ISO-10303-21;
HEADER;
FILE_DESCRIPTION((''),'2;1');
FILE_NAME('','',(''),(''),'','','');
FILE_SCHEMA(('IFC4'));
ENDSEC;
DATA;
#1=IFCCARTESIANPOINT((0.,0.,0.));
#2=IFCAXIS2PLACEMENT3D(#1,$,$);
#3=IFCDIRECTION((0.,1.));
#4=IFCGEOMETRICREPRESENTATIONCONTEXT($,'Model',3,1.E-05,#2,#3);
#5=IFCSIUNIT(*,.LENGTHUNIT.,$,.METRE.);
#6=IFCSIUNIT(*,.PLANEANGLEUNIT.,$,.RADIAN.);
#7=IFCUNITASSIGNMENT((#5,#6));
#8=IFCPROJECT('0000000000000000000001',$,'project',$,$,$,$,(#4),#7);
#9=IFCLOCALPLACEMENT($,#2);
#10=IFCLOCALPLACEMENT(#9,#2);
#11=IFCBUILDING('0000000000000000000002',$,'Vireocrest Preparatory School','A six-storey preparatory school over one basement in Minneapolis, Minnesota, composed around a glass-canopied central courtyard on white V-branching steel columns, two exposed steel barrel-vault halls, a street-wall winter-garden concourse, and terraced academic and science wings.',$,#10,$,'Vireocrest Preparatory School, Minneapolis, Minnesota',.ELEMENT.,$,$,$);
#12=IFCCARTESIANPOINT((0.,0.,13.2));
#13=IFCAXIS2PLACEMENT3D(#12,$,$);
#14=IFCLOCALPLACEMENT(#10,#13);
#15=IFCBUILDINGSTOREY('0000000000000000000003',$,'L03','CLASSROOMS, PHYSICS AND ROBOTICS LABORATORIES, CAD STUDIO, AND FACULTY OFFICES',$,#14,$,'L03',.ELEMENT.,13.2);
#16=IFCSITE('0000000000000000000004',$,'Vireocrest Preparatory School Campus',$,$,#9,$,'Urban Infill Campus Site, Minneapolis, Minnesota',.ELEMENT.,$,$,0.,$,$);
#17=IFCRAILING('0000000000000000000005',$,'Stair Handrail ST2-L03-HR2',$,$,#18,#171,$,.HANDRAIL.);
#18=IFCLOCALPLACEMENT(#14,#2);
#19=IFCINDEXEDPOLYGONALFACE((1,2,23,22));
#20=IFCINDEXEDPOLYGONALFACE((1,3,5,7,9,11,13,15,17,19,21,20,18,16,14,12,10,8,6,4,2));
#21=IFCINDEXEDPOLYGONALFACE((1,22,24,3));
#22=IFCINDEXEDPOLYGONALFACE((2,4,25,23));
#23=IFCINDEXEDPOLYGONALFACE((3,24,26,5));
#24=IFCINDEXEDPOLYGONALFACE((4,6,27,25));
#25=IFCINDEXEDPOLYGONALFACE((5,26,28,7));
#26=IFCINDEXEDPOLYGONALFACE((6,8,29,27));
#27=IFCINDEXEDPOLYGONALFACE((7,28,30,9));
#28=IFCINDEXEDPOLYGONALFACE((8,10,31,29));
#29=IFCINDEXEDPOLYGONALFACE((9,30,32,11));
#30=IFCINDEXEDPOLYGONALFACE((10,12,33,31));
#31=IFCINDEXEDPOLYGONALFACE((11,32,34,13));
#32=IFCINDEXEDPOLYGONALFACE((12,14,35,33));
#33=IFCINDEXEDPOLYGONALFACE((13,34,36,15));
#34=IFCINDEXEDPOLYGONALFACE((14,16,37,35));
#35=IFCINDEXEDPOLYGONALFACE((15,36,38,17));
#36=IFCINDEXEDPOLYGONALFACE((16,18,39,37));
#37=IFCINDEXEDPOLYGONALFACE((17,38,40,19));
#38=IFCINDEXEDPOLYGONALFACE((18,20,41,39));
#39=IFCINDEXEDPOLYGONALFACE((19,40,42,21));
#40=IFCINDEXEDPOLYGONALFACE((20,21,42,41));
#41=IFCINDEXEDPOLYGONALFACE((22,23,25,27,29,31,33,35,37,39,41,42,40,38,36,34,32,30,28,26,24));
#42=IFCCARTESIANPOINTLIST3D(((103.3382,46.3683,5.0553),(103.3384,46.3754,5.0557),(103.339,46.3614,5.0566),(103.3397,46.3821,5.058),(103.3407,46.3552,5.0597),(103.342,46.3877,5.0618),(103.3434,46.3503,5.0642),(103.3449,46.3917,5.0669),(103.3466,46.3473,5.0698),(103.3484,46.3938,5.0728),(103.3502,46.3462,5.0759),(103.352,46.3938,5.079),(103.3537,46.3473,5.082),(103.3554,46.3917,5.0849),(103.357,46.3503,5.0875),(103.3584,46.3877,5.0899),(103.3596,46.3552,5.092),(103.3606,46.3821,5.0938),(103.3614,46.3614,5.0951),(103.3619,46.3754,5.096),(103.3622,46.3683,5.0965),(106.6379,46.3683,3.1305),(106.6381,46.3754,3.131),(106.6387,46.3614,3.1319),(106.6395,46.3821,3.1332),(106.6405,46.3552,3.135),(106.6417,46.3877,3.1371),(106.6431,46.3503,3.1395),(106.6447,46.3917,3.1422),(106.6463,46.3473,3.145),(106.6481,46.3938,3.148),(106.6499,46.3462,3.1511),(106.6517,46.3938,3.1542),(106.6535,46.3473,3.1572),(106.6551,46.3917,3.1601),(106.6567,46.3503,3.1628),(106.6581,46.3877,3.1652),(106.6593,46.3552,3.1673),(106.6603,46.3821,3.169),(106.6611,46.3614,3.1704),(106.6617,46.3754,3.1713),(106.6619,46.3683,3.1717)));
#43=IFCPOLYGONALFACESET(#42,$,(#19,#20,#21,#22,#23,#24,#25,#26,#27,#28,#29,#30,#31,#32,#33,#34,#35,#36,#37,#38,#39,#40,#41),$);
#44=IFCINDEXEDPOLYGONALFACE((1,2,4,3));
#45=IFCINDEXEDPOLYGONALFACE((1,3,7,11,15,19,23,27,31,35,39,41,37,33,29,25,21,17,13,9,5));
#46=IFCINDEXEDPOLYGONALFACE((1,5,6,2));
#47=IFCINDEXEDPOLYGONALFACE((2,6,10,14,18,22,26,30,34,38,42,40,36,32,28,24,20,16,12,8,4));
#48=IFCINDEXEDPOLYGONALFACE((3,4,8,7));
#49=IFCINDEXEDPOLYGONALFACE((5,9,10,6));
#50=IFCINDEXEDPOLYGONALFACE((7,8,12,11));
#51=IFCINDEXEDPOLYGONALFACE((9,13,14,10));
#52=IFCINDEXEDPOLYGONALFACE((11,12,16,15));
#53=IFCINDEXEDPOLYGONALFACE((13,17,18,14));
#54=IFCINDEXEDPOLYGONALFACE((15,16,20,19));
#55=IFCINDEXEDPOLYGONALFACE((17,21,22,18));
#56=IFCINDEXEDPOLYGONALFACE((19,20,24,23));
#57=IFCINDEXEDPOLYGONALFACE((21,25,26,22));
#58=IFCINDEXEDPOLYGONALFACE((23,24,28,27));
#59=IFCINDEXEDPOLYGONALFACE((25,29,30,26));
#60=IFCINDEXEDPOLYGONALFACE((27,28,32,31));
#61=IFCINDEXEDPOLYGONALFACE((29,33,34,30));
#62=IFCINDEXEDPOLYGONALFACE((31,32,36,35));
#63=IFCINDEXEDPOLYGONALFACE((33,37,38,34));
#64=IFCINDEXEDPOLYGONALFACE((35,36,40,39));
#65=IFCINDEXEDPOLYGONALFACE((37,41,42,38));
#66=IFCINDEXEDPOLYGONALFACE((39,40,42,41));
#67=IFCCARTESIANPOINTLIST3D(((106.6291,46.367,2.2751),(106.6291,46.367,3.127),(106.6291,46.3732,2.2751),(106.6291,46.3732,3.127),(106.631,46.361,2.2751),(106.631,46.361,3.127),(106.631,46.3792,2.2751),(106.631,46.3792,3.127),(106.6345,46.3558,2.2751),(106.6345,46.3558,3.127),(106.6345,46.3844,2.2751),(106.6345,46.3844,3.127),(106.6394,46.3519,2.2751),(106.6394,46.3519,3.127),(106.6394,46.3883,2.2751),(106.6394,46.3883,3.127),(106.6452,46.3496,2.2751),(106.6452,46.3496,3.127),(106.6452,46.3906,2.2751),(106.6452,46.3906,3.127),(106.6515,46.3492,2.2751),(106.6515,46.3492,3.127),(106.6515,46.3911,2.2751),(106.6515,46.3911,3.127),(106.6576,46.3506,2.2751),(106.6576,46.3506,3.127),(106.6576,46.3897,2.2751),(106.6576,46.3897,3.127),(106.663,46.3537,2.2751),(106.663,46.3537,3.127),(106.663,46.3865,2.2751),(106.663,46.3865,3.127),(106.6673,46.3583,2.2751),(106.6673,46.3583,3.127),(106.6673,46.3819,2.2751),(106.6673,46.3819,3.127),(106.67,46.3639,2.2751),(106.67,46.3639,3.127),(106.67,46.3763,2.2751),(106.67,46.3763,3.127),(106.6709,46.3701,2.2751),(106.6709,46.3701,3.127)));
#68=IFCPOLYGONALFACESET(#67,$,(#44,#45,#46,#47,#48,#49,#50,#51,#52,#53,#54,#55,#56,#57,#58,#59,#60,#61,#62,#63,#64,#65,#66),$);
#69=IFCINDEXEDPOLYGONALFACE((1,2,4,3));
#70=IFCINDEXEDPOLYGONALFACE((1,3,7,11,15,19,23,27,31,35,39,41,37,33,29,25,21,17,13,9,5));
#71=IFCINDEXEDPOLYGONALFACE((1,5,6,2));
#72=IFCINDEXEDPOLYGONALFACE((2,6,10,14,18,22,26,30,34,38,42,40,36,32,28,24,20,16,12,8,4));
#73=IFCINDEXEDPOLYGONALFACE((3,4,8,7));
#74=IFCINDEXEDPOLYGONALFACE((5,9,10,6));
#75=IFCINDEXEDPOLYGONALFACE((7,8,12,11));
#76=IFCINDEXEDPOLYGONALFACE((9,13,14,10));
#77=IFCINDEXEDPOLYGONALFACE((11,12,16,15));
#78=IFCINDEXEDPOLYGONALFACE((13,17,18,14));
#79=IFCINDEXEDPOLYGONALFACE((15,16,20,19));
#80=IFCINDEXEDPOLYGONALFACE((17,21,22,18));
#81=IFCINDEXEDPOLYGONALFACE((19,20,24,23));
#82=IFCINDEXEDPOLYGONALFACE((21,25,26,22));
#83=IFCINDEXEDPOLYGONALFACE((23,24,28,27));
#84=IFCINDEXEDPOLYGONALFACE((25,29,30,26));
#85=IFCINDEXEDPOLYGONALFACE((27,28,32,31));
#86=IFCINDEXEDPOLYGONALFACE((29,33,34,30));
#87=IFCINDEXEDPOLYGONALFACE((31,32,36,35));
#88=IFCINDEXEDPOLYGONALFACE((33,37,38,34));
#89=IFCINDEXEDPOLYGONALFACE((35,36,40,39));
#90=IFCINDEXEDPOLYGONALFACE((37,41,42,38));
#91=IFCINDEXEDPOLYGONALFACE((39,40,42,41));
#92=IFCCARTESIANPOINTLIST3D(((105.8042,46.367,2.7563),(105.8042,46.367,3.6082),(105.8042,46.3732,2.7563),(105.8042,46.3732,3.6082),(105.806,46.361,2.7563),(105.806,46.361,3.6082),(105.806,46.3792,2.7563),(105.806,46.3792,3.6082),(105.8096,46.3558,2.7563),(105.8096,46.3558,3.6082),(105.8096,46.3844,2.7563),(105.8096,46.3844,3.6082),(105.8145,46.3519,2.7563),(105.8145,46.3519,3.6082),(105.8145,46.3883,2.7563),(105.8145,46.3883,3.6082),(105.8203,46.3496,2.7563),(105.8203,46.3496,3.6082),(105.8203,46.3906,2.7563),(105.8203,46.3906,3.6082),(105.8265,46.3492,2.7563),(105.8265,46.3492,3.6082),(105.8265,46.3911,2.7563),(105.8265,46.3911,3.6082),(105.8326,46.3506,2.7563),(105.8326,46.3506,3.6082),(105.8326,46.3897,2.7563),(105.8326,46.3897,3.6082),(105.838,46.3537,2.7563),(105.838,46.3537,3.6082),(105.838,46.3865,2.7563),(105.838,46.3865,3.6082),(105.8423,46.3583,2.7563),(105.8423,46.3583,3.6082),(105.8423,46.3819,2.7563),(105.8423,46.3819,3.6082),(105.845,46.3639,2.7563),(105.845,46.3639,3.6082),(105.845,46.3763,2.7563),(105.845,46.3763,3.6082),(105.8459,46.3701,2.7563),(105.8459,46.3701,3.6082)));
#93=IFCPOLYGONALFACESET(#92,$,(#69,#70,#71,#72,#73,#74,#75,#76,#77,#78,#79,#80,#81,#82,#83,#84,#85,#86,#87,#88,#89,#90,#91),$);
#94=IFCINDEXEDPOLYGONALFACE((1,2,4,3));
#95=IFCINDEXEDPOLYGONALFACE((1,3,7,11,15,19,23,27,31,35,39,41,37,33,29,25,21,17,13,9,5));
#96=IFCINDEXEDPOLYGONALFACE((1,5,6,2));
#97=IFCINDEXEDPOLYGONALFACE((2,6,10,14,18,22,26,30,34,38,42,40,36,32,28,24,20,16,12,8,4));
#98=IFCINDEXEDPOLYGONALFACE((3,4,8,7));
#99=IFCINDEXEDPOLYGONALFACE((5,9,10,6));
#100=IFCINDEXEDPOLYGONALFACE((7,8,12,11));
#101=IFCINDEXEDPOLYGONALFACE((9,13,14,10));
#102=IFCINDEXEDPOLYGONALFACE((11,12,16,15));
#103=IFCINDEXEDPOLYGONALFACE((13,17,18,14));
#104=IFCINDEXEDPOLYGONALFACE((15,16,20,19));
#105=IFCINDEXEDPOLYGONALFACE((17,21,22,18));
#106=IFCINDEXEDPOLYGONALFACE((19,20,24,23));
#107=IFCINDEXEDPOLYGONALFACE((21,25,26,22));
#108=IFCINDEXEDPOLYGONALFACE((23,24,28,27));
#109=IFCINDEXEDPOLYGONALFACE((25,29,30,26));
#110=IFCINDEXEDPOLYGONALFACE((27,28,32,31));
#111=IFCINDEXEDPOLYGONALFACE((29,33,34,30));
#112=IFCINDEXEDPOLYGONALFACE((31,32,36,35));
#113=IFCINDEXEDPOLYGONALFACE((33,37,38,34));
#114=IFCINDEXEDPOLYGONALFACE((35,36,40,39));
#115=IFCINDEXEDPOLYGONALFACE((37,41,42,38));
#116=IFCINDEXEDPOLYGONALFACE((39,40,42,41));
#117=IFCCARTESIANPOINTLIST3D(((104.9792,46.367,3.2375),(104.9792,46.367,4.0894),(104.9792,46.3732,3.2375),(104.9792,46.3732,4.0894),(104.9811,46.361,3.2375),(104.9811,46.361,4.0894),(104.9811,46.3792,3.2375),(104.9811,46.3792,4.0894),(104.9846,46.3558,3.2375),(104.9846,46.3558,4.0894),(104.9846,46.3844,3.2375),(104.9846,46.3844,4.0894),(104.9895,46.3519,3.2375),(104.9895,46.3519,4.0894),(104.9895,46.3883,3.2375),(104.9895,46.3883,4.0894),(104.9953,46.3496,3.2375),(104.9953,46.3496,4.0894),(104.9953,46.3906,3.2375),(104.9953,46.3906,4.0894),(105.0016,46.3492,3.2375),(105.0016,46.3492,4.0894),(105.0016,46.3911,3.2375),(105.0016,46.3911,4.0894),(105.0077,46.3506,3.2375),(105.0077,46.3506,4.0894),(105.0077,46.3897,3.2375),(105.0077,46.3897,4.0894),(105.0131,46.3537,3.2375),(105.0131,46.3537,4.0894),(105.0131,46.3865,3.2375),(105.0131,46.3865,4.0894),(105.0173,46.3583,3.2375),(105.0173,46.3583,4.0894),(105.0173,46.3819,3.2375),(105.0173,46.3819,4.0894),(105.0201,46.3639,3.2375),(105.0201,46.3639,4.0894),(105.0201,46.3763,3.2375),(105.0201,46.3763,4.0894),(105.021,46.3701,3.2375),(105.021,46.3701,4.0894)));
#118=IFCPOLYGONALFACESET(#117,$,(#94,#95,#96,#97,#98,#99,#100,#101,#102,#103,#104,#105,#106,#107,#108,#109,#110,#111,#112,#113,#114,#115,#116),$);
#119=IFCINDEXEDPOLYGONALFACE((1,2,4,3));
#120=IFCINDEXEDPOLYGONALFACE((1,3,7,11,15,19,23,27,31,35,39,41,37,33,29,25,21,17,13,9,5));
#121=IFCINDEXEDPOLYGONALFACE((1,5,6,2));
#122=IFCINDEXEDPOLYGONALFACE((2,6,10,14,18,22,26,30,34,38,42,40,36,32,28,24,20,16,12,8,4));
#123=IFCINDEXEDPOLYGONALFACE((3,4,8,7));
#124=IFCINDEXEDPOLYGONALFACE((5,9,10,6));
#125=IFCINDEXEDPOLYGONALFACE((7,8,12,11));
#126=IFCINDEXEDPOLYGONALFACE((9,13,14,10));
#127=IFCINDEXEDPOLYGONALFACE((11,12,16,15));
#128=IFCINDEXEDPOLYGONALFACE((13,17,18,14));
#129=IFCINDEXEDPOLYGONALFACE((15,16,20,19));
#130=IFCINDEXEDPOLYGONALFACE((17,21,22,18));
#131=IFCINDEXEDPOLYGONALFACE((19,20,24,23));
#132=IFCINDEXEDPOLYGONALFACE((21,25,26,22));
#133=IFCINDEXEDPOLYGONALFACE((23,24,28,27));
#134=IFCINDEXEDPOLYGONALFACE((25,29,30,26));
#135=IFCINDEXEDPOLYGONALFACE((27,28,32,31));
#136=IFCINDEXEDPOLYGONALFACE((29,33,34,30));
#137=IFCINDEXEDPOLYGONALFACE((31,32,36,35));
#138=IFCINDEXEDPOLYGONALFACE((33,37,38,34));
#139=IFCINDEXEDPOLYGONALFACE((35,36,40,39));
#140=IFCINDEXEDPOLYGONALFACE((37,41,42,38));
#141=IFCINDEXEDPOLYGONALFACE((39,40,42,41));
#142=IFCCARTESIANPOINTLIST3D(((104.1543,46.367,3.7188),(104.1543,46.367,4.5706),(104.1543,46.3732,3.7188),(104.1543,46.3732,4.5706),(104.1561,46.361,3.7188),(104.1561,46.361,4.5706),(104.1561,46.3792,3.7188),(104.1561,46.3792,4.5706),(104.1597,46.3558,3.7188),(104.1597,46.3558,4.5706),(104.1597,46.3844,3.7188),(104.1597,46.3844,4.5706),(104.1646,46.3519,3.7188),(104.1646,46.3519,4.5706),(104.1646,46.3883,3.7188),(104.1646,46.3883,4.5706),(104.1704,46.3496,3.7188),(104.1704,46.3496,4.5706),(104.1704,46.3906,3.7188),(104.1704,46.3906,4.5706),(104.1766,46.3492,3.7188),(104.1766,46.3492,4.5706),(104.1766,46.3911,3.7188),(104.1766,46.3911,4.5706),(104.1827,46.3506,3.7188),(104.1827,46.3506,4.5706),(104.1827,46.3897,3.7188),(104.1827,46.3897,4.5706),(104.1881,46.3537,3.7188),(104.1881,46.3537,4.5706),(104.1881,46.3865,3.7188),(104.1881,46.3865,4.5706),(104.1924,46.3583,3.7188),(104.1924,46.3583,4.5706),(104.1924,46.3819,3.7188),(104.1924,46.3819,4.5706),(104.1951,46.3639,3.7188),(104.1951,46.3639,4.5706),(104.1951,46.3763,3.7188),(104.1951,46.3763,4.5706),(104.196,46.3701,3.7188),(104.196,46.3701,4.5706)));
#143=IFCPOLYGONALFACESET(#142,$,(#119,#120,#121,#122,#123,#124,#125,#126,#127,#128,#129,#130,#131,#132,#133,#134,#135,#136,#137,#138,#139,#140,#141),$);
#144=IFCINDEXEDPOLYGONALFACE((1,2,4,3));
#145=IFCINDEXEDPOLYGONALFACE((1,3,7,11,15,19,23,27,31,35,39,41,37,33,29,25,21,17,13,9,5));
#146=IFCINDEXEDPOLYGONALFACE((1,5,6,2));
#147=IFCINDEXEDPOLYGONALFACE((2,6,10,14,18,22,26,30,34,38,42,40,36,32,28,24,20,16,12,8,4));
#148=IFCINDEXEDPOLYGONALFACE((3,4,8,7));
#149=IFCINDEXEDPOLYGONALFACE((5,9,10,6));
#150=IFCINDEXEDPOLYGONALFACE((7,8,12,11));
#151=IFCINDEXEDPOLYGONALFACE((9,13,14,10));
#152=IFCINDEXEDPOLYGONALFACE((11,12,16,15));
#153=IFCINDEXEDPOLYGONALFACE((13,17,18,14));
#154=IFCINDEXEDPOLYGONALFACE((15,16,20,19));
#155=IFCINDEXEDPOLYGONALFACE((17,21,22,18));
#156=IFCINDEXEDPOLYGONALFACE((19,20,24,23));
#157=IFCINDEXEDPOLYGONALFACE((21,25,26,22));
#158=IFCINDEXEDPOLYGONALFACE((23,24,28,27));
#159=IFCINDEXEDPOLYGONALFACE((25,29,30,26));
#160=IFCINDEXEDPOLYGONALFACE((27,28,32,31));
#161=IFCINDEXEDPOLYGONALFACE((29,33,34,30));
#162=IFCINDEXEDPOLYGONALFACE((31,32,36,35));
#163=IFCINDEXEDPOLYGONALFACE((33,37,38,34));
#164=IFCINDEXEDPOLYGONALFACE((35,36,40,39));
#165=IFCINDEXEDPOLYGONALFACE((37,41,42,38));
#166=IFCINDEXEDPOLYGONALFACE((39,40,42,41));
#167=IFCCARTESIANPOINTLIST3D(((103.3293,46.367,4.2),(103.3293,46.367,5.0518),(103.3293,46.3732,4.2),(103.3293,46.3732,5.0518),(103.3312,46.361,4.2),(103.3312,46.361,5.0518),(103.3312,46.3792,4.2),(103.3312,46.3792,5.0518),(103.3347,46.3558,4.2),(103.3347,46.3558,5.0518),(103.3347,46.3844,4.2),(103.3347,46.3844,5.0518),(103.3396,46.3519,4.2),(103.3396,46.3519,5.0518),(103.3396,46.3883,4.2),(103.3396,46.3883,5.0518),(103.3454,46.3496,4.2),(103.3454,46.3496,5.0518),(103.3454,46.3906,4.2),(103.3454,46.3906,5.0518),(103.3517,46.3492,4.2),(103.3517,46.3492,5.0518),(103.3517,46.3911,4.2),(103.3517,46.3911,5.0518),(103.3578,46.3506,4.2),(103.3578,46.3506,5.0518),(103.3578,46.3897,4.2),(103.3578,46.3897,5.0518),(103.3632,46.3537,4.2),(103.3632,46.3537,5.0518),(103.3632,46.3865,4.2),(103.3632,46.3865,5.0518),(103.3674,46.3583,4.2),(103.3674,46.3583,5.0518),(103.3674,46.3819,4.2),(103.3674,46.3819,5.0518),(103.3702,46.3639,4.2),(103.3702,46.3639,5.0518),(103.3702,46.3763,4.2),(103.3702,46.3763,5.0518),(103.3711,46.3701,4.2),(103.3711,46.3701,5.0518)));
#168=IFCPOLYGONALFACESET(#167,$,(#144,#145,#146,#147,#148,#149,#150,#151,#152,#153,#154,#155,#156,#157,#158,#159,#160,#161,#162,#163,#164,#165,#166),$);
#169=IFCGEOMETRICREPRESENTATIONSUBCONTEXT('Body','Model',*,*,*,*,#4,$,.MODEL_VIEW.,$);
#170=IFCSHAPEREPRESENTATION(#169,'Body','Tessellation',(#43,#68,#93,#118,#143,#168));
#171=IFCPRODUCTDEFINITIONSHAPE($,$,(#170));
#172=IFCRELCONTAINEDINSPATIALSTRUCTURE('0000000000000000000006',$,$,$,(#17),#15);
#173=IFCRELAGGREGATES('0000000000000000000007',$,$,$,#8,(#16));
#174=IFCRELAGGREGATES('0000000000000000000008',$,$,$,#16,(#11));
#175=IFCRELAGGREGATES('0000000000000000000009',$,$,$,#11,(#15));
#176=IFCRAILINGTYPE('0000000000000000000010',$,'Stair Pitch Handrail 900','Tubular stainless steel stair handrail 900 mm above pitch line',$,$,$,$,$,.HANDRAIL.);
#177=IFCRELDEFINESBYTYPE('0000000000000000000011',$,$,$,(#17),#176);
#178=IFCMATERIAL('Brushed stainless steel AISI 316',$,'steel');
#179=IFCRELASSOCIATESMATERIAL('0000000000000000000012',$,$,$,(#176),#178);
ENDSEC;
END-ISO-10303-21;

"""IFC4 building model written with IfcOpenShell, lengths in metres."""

from ifc_helpers import new_model, si_unit, direction, frame, origin, origin_2d, place, context, subcontext, project, spatial, circle, extrude, material, type_object, element, save


model = new_model("IFC4")

# Units and contexts
model_context = context("Model", 3, precision=1e-05, world=origin(), true_north=direction((0.0, 1.0)))
body_context = subcontext(model_context, "Body", "Model", "MODEL_VIEW")
ifc_project = project(units=[si_unit("LENGTHUNIT", "METRE"), si_unit("PLANEANGLEUNIT", "RADIAN")], contexts=[model_context])

# Site, building, storey
site_placement = place(None, origin())
site = spatial("IfcSite", under=ifc_project, at=site_placement, Name="Vireocrest Preparatory School Campus", LongName="Urban Infill Campus Site, Minneapolis, Minnesota", CompositionType="ELEMENT", RefElevation=0.0)
building_placement = place(site_placement, origin())
building = spatial("IfcBuilding", under=site, at=building_placement, Name="Vireocrest Preparatory School", Description="A six-storey preparatory school over one basement in Minneapolis, Minnesota, composed around a glass-canopied central courtyard on white V-branching steel columns, two exposed steel barrel-vault halls, a street-wall winter-garden concourse, and terraced academic and science wings.", LongName="Vireocrest Preparatory School, Minneapolis, Minnesota", CompositionType="ELEMENT")
storey_placement = place(building_placement, frame((0.0, 0.0, 13.2)))
storey = spatial("IfcBuildingStorey", under=building, at=storey_placement, Name="L03", Description="CLASSROOMS, PHYSICS AND ROBOTICS LABORATORIES, CAD STUDIO, AND FACULTY OFFICES", LongName="L03", CompositionType="ELEMENT", Elevation=13.2)

# Railing
ifc_material_1 = material(Name="Brushed stainless steel AISI 316", Category="steel")
railing_type_1 = type_object("IfcRailingType", Name="Stair Pitch Handrail 900", Description="Tubular stainless steel stair handrail 900 mm above pitch line", PredefinedType="HANDRAIL", material=ifc_material_1)
railing_1_placement = place(storey_placement, frame((106.6499, 46.3701, 2.2751)))
element("IfcRailing", 1, at=railing_1_placement, inside=storey, type_object=railing_type_1, Name="Stair Handrail ST2-L03-HR2", PredefinedType="HANDRAIL", context=body_context, shape_type="SweptSolid", body=[
    extrude(circle(Radius=0.0239, at=origin_2d()), frame((0.0, 0.0, 0.876), z_axis=(-0.863788, 0.0, 0.503855), x_axis=(0.0, -1.0, 0.0)), (0.0, 0.0, 1.0), 3.8201),
    extrude(circle(Radius=0.021, at=origin_2d()), origin(), (0.0, 0.0, 1.0), 0.8518),
    extrude(circle(Radius=0.021, at=origin_2d()), frame((-0.825, 0.0, 0.4812)), (0.0, 0.0, 1.0), 0.8518),
    extrude(circle(Radius=0.021, at=origin_2d()), frame((-1.6499, 0.0, 0.9624)), (0.0, 0.0, 1.0), 0.8518),
    extrude(circle(Radius=0.021, at=origin_2d()), frame((-2.4749, 0.0, 1.4436)), (0.0, 0.0, 1.0), 0.8518),
    extrude(circle(Radius=0.021, at=origin_2d()), frame((-3.2998, 0.0, 1.9248)), (0.0, 0.0, 1.0), 0.8518),
])

save(model, "model.ifc")
